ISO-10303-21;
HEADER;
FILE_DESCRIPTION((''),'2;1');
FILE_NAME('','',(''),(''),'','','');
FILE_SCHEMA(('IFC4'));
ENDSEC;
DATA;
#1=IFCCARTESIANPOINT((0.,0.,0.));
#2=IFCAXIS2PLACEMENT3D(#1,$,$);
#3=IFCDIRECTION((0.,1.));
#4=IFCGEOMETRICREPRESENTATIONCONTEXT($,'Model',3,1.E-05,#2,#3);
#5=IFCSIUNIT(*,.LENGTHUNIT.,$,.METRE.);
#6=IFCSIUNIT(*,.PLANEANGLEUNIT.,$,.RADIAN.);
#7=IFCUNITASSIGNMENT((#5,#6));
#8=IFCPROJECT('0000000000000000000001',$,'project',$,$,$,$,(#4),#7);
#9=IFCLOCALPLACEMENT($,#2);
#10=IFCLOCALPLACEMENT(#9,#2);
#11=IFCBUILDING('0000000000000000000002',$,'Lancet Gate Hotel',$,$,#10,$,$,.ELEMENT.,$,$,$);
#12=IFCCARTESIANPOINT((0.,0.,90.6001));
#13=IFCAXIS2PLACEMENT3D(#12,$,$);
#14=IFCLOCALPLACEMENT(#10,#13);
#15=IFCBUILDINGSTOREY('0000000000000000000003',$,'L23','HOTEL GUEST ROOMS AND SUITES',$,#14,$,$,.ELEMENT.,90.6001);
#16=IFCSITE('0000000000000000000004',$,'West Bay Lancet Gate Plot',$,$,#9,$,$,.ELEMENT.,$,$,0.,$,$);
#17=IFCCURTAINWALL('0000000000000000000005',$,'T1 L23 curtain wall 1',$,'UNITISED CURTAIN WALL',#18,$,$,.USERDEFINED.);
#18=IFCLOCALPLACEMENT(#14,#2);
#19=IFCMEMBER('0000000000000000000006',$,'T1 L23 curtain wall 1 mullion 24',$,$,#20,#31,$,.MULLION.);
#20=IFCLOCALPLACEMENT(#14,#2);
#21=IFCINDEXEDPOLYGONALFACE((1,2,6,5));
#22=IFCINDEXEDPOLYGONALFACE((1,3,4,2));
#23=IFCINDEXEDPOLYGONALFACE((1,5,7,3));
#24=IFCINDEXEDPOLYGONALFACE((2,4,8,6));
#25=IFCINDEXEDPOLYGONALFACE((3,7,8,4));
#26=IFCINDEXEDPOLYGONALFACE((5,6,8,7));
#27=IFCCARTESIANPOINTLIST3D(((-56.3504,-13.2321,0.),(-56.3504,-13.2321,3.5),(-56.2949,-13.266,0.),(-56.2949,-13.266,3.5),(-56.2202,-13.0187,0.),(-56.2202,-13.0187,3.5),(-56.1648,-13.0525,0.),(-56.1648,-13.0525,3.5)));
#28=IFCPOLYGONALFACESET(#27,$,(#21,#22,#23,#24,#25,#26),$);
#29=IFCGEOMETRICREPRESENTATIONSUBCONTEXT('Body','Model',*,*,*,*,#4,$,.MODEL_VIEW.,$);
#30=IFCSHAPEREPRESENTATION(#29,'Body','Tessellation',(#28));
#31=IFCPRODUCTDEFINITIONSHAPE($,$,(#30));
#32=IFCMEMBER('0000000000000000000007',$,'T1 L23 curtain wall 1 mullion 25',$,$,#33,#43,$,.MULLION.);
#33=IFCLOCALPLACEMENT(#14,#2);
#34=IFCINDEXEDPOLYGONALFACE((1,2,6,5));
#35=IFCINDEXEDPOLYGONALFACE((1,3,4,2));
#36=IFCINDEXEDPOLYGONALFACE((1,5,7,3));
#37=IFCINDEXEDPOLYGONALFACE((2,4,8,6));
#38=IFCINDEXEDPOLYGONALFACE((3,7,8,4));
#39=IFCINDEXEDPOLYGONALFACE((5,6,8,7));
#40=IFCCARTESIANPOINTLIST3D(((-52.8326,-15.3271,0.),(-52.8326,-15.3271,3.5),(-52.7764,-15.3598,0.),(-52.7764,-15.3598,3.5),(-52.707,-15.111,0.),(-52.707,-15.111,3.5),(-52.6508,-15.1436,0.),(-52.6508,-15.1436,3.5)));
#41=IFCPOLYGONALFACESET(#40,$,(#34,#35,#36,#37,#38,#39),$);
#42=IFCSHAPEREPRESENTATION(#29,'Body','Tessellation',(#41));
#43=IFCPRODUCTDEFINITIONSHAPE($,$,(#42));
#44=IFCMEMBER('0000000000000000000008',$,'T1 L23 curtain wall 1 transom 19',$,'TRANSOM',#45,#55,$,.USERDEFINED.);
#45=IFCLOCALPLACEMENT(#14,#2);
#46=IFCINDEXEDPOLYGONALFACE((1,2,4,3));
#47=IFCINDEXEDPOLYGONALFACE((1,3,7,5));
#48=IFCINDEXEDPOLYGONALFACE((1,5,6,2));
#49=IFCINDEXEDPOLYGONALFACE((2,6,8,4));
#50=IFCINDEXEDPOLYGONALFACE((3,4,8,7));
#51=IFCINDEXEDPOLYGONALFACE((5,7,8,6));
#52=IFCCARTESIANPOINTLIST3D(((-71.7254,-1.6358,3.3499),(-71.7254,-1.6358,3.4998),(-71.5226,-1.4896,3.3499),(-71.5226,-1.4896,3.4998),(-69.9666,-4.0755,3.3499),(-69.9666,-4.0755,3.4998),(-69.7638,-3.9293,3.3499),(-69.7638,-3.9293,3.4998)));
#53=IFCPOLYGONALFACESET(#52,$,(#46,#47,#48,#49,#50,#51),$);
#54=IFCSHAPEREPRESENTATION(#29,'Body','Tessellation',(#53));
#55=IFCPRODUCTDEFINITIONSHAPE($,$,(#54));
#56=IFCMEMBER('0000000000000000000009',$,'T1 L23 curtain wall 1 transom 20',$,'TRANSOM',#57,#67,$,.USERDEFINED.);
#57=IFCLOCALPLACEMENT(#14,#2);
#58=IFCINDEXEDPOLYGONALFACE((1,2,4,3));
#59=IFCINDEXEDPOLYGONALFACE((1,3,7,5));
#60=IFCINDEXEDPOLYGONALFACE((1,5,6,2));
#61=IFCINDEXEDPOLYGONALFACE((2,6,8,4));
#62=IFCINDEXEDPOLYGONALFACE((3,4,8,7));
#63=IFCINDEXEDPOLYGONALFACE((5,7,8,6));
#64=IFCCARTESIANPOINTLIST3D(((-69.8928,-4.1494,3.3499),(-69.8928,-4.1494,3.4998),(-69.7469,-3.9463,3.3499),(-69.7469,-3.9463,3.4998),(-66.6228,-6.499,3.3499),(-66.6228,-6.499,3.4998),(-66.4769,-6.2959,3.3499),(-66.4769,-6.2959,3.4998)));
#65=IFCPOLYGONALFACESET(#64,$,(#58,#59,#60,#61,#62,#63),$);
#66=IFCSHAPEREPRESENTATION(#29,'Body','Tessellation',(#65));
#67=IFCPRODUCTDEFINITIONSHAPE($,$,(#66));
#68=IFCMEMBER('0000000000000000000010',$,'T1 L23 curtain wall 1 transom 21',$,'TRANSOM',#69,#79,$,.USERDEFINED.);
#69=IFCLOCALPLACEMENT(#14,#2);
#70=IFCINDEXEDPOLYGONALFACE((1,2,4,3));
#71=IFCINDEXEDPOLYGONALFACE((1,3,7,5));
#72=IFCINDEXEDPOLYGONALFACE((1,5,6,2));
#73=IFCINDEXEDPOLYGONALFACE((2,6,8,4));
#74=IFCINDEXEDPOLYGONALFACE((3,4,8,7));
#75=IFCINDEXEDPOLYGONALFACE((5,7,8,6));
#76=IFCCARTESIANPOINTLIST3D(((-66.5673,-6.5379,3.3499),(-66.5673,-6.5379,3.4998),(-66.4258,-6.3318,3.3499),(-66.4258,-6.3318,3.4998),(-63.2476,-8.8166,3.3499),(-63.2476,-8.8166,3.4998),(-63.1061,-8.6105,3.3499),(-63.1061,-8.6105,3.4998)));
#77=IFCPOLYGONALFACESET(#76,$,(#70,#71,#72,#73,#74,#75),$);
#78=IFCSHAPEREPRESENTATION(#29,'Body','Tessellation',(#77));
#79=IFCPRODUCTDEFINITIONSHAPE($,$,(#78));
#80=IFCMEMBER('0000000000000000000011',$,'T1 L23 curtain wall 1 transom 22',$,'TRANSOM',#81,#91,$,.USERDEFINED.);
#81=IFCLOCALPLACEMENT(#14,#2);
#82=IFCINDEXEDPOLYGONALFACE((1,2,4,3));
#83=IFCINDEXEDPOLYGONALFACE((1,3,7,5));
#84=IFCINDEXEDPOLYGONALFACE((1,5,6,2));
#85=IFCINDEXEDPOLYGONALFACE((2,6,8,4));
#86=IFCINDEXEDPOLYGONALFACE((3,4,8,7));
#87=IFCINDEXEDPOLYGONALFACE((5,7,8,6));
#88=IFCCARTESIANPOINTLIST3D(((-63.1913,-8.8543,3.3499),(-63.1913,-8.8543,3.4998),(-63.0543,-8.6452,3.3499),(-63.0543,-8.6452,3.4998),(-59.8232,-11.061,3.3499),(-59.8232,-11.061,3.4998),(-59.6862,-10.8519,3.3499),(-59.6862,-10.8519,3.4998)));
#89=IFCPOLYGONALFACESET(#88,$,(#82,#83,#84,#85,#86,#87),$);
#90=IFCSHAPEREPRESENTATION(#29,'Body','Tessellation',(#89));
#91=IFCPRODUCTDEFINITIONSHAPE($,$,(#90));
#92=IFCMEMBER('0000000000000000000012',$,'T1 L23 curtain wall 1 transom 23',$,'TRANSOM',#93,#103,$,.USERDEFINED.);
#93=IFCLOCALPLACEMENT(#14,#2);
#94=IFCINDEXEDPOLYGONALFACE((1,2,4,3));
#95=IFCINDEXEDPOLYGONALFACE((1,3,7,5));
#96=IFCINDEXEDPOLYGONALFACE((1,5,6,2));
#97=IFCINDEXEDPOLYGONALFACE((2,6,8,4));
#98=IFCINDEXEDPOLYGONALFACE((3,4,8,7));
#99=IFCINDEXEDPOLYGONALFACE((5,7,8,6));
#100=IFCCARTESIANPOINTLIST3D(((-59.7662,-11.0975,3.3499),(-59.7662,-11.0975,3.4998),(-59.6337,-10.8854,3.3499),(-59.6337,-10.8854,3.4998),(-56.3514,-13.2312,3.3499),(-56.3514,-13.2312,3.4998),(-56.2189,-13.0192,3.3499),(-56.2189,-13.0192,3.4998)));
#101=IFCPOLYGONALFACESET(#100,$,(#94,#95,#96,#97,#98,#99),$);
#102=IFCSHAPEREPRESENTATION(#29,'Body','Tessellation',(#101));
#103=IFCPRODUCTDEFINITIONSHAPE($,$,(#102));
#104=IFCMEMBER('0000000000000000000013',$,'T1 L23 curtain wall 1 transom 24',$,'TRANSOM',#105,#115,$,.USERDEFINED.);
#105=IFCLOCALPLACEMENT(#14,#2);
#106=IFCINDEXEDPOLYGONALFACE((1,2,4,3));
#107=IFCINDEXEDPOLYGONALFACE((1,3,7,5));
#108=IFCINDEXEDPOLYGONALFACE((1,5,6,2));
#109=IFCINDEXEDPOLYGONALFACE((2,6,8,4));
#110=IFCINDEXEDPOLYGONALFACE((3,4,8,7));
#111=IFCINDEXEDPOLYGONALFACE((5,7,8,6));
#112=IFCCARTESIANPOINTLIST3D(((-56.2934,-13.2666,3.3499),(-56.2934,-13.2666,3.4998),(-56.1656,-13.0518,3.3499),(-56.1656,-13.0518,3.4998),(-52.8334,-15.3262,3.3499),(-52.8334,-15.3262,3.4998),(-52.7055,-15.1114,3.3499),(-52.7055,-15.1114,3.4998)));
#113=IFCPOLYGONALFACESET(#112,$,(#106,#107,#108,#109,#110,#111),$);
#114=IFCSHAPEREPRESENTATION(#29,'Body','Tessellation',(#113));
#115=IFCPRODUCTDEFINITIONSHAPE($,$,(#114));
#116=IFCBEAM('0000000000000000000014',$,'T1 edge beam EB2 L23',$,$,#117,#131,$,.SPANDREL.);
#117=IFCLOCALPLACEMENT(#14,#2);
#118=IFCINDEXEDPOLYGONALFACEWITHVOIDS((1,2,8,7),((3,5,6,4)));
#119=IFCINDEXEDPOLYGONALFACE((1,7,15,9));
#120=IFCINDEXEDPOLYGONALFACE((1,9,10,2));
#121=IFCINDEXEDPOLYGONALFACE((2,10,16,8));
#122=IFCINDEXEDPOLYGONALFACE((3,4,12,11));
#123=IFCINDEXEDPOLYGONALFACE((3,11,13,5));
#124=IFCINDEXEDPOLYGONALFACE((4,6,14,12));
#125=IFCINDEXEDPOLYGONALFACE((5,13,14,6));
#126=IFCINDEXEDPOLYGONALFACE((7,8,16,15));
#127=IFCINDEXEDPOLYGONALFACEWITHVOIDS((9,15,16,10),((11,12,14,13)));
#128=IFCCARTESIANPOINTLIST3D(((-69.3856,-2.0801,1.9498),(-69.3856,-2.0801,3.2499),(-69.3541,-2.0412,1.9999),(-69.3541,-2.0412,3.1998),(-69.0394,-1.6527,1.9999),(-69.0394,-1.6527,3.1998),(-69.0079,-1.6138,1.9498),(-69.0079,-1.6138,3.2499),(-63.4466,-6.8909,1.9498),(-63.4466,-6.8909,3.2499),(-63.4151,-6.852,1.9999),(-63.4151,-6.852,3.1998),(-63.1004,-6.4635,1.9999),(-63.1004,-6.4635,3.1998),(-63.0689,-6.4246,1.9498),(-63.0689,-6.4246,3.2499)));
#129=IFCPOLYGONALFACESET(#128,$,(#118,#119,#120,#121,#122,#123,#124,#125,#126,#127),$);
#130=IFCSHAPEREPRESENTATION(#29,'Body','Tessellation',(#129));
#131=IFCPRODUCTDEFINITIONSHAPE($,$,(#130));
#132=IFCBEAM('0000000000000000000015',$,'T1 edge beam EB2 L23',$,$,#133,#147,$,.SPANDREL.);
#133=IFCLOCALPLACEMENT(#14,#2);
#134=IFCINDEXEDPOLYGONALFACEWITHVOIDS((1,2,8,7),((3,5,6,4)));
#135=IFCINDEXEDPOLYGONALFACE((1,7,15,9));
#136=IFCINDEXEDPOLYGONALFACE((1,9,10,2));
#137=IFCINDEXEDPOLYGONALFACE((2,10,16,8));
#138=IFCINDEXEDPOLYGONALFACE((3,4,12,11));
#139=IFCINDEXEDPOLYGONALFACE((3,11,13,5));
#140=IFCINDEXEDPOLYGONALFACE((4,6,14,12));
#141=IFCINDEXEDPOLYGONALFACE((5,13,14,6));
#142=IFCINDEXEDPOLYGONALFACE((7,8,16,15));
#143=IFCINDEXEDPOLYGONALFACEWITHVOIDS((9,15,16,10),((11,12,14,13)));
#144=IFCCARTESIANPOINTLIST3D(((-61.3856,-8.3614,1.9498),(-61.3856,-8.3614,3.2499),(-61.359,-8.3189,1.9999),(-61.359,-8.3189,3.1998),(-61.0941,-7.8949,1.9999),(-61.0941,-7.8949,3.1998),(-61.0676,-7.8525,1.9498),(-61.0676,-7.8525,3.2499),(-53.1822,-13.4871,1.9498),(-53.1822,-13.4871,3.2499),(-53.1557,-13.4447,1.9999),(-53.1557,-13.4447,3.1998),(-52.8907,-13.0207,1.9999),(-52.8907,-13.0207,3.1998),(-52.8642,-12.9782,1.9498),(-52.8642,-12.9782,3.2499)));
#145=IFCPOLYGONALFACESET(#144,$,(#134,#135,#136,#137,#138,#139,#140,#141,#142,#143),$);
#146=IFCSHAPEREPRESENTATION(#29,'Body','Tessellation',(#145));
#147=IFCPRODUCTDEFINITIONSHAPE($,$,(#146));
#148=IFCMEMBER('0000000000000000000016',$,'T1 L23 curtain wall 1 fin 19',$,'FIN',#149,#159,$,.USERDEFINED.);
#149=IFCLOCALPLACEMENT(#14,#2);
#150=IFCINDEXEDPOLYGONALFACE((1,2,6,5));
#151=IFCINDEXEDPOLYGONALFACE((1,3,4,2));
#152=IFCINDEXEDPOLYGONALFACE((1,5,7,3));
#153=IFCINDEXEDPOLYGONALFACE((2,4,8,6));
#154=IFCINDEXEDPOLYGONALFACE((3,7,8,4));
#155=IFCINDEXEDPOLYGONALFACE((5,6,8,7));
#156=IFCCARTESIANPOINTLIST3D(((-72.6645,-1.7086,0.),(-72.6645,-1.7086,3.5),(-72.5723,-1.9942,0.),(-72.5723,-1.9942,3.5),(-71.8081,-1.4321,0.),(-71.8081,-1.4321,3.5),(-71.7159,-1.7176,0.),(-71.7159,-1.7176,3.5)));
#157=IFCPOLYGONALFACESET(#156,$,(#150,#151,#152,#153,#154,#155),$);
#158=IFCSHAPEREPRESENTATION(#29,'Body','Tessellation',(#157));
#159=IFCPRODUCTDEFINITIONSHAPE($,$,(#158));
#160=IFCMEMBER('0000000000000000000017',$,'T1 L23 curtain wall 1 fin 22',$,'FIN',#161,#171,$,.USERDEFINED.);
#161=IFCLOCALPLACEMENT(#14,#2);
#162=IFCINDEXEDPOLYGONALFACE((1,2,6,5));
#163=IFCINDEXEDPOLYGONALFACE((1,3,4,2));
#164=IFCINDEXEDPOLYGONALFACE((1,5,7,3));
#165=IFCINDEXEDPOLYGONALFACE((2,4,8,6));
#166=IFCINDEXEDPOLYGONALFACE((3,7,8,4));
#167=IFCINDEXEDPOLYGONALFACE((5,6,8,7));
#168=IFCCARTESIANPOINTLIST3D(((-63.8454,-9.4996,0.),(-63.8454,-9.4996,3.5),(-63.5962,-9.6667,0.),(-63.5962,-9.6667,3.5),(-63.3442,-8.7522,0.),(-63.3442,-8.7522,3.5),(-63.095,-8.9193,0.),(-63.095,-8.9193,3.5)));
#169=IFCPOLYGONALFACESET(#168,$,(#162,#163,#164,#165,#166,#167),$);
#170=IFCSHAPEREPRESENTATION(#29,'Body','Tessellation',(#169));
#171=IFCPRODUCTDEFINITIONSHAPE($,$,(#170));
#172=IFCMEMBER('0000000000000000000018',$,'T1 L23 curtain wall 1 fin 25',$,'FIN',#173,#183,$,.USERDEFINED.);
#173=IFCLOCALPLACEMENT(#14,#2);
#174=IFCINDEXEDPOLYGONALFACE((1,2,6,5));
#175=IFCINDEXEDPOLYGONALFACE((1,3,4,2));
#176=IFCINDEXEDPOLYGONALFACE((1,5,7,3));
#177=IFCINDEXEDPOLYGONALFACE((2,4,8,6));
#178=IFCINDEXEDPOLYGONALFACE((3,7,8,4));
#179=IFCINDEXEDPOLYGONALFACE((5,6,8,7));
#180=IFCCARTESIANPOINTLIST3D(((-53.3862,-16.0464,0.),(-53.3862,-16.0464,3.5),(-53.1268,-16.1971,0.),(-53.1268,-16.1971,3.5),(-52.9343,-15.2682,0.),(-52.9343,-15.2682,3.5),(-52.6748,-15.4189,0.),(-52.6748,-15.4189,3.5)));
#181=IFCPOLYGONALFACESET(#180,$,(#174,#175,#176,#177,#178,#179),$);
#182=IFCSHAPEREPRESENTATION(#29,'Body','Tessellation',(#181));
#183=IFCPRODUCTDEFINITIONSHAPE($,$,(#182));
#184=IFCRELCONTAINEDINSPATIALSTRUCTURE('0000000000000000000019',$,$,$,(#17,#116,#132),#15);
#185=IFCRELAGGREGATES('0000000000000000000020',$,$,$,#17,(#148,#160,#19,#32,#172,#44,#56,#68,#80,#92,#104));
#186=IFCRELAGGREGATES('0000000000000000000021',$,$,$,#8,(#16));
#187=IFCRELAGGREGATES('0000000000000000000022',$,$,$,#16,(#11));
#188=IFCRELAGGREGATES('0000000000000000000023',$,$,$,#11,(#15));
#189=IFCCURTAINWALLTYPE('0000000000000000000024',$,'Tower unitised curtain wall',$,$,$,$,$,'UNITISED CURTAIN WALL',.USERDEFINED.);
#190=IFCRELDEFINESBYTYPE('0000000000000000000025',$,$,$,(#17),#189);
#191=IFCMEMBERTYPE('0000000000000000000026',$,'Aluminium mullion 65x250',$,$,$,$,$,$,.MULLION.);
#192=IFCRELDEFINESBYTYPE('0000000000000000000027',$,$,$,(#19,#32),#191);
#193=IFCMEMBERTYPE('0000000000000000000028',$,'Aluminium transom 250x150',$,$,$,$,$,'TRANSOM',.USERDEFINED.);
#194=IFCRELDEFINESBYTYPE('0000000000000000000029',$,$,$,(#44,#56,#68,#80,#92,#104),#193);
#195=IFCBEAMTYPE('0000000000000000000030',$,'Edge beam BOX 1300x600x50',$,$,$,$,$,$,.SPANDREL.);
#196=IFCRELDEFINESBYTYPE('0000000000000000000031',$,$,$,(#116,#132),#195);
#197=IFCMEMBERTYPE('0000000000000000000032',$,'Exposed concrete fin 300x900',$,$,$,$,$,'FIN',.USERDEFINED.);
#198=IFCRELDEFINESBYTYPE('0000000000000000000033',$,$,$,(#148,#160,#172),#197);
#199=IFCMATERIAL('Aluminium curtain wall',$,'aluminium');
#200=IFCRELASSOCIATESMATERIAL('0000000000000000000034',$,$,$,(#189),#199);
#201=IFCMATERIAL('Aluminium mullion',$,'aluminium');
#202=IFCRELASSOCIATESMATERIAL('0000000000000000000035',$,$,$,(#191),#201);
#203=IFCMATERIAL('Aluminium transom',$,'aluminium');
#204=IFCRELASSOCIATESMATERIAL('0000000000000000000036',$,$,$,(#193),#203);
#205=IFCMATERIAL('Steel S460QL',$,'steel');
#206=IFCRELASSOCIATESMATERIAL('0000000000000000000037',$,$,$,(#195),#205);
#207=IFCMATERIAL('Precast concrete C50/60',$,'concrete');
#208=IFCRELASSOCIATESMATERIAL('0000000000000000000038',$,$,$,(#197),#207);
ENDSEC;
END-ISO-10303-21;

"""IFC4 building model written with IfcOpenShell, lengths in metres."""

from ifc_helpers import new_model, si_unit, direction, frame, origin, origin_2d, place, context, subcontext, project, spatial, rectangle, hollow_rectangle, extrude, material, material_profile, profile_set, type_object, element, aggregate, save


model = new_model("IFC4")

# Units and contexts
model_context = context("Model", 3, precision=1e-05, world=origin(), true_north=direction((0.0, 1.0)))
body_context = subcontext(model_context, "Body", "Model", "MODEL_VIEW")
ifc_project = project(units=[si_unit("LENGTHUNIT", "METRE"), si_unit("PLANEANGLEUNIT", "RADIAN")], contexts=[model_context])

# Site, building, storey
site_placement = place(None, origin())
site = spatial("IfcSite", under=ifc_project, at=site_placement, Name="West Bay Lancet Gate Plot", CompositionType="ELEMENT", RefElevation=0.0)
building_placement = place(site_placement, origin())
building = spatial("IfcBuilding", under=site, at=building_placement, Name="Lancet Gate Hotel", CompositionType="ELEMENT")
storey_placement = place(building_placement, frame((0.0, 0.0, 90.6001)))
storey = spatial("IfcBuildingStorey", under=building, at=storey_placement, Name="L23", Description="HOTEL GUEST ROOMS AND SUITES", CompositionType="ELEMENT", Elevation=90.6001)

# Curtain wall, members
ifc_material_1 = material(Name="Aluminium curtain wall", Category="aluminium")
curtain_wall_type = type_object("IfcCurtainWallType", Name="Tower unitised curtain wall", ElementType="UNITISED CURTAIN WALL", PredefinedType="USERDEFINED", material=ifc_material_1)
curtain_wall_placement = place(storey_placement, origin())
curtain_wall = element("IfcCurtainWall", 1, at=curtain_wall_placement, inside=storey, type_object=curtain_wall_type, Name="T1 L23 curtain wall 1", ObjectType="UNITISED CURTAIN WALL", PredefinedType="USERDEFINED")
ifc_material_2 = material(Name="Aluminium mullion", Category="aluminium")
ifc_material_profile_1 = material_profile(ifc_material_2, rectangle(XDim=0.0649, YDim=0.25, at=origin_2d()), Name="MULLION 65x250")
ifc_profile_set_1 = profile_set([ifc_material_profile_1], Name="Aluminium mullion")
member_type_1 = type_object("IfcMemberType", Name="Aluminium mullion 65x250", PredefinedType="MULLION", material=ifc_profile_set_1)
member_1_placement = place(storey_placement, frame((-56.2576, -13.1423, 0.0), z_axis=(0.0, 0.0, 1.0), x_axis=(0.853716, -0.520739, 0.0)))
member_1 = element("IfcMember", 2, at=member_1_placement, type_object=member_type_1, Name="T1 L23 curtain wall 1 mullion 24", PredefinedType="MULLION", context=body_context, shape_type="SweptSolid", body=[
    extrude(rectangle(XDim=0.0649, YDim=0.25, at=origin_2d()), origin(), (0.0, 0.0, 1.0), 3.5),
])
member_2_placement = place(storey_placement, frame((-52.7417, -15.2354, 0.0), z_axis=(0.0, 0.0, 1.0), x_axis=(0.864728, -0.502241, 0.0)))
member_2 = element("IfcMember", 3, at=member_2_placement, type_object=member_type_1, Name="T1 L23 curtain wall 1 mullion 25", PredefinedType="MULLION", context=body_context, shape_type="SweptSolid", body=[
    extrude(rectangle(XDim=0.0649, YDim=0.25, at=origin_2d()), origin(), (0.0, 0.0, 1.0), 3.5),
])
ifc_material_3 = material(Name="Aluminium transom", Category="aluminium")
ifc_material_profile_2 = material_profile(ifc_material_3, rectangle(XDim=0.25, YDim=0.1499, at=origin_2d()), Name="TRANSOM 250x150")
ifc_profile_set_2 = profile_set([ifc_material_profile_2], Name="Aluminium transom")
member_type_2 = type_object("IfcMemberType", Name="Aluminium transom 250x150", ElementType="TRANSOM", PredefinedType="USERDEFINED", material=ifc_profile_set_2)
member_3_placement = place(storey_placement, frame((-71.624, -1.5627, 3.4248), z_axis=(0.584788, -0.811186, 0.0), x_axis=(0.811186, 0.584788, 0.0)))
member_3 = element("IfcMember", 4, at=member_3_placement, type_object=member_type_2, Name="T1 L23 curtain wall 1 transom 19", ObjectType="TRANSOM", PredefinedType="USERDEFINED", context=body_context, shape_type="SweptSolid", body=[
    extrude(rectangle(XDim=0.25, YDim=0.1499, at=origin_2d()), origin(), (0.0, 0.0, 1.0), 3.0076),
])
member_4_placement = place(storey_placement, frame((-69.8198, -4.0479, 3.4248), z_axis=(0.8121, -0.583519, 0.0), x_axis=(0.583519, 0.8121, 0.0)))
member_4 = element("IfcMember", 5, at=member_4_placement, type_object=member_type_2, Name="T1 L23 curtain wall 1 transom 20", ObjectType="TRANSOM", PredefinedType="USERDEFINED", context=body_context, shape_type="SweptSolid", body=[
    extrude(rectangle(XDim=0.25, YDim=0.1499, at=origin_2d()), origin(), (0.0, 0.0, 1.0), 4.0266),
])
member_5_placement = place(storey_placement, frame((-66.4966, -6.4348, 3.4248), z_axis=(0.824456, -0.565927, 0.0), x_axis=(0.565927, 0.824456, 0.0)))
member_5 = element("IfcMember", 6, at=member_5_placement, type_object=member_type_2, Name="T1 L23 curtain wall 1 transom 21", ObjectType="TRANSOM", PredefinedType="USERDEFINED", context=body_context, shape_type="SweptSolid", body=[
    extrude(rectangle(XDim=0.25, YDim=0.1499, at=origin_2d()), origin(), (0.0, 0.0, 1.0), 4.0266),
])
member_6_placement = place(storey_placement, frame((-63.1228, -8.7498, 3.4248), z_axis=(0.836454, -0.548036, 0.0), x_axis=(0.548036, 0.836454, 0.0)))
member_6 = element("IfcMember", 7, at=member_6_placement, type_object=member_type_2, Name="T1 L23 curtain wall 1 transom 22", ObjectType="TRANSOM", PredefinedType="USERDEFINED", context=body_context, shape_type="SweptSolid", body=[
    extrude(rectangle(XDim=0.25, YDim=0.1499, at=origin_2d()), origin(), (0.0, 0.0, 1.0), 4.0266),
])
member_7_placement = place(storey_placement, frame((-59.7, -10.9915, 3.4248), z_axis=(0.848049, -0.529917, 0.0), x_axis=(0.529917, 0.848049, 0.0)))
member_7 = element("IfcMember", 8, at=member_7_placement, type_object=member_type_2, Name="T1 L23 curtain wall 1 transom 23", ObjectType="TRANSOM", PredefinedType="USERDEFINED", context=body_context, shape_type="SweptSolid", body=[
    extrude(rectangle(XDim=0.25, YDim=0.1499, at=origin_2d()), origin(), (0.0, 0.0, 1.0), 4.0266),
])
member_8_placement = place(storey_placement, frame((-56.2295, -13.1592, 3.4248), z_axis=(0.859285, -0.511497, 0.0), x_axis=(0.511497, 0.859285, 0.0)))
member_8 = element("IfcMember", 9, at=member_8_placement, type_object=member_type_2, Name="T1 L23 curtain wall 1 transom 24", ObjectType="TRANSOM", PredefinedType="USERDEFINED", context=body_context, shape_type="SweptSolid", body=[
    extrude(rectangle(XDim=0.25, YDim=0.1499, at=origin_2d()), origin(), (0.0, 0.0, 1.0), 4.0266),
])

# Beams
ifc_material_4 = material(Name="Steel S460QL", Category="steel")
ifc_material_profile_3 = material_profile(ifc_material_4, hollow_rectangle(XDim=0.6001, YDim=1.3, WallThickness=0.05, at=origin_2d()), Name="BOX 1300x600x50")
ifc_profile_set_3 = profile_set([ifc_material_profile_3], Name="Steel S460QL")
beam_type_1 = type_object("IfcBeamType", Name="Edge beam BOX 1300x600x50", PredefinedType="SPANDREL", material=ifc_profile_set_3)
beam_1_placement = place(storey_placement, frame((-69.1968, -1.8469, 2.5999), z_axis=(0.777049, -0.62944, 0.0), x_axis=(0.62944, 0.777049, 0.0)))
element("IfcBeam", 10, at=beam_1_placement, inside=storey, type_object=beam_type_1, Name="T1 edge beam EB2 L23", PredefinedType="SPANDREL", context=body_context, shape_type="SweptSolid", body=[
    extrude(hollow_rectangle(XDim=0.6001, YDim=1.3, WallThickness=0.05, at=origin_2d()), origin(), (0.0, 0.0, 1.0), 7.6431),
])
beam_2_placement = place(storey_placement, frame((-61.2266, -8.1069, 2.5999), z_axis=(0.848062, -0.529897, 0.0), x_axis=(0.529897, 0.848062, 0.0)))
element("IfcBeam", 11, at=beam_2_placement, inside=storey, type_object=beam_type_1, Name="T1 edge beam EB2 L23", PredefinedType="SPANDREL", context=body_context, shape_type="SweptSolid", body=[
    extrude(hollow_rectangle(XDim=0.6001, YDim=1.3, WallThickness=0.05, at=origin_2d()), origin(), (0.0, 0.0, 1.0), 9.6731),
])

# Members
ifc_material_5 = material(Name="Precast concrete C50/60", Category="concrete")
ifc_material_profile_4 = material_profile(ifc_material_5, rectangle(XDim=0.3, YDim=0.8999, at=origin_2d()), Name="FIN 300x900")
ifc_profile_set_4 = profile_set([ifc_material_profile_4], Name="Precast concrete C50/60")
member_type_3 = type_object("IfcMemberType", Name="Exposed concrete fin 300x900", ElementType="FIN", PredefinedType="USERDEFINED", material=ifc_profile_set_4)
member_9_placement = place(storey_placement, frame((-72.1902, -1.7131, 0.0), z_axis=(0.0, 0.0, 1.0), x_axis=(0.307269, -0.951623, 0.0)))
member_9 = element("IfcMember", 12, at=member_9_placement, type_object=member_type_3, Name="T1 L23 curtain wall 1 fin 19", ObjectType="FIN", PredefinedType="USERDEFINED", context=body_context, shape_type="SweptSolid", body=[
    extrude(rectangle(XDim=0.3, YDim=0.8999, at=origin_2d()), origin(), (0.0, 0.0, 1.0), 3.5),
])
member_10_placement = place(storey_placement, frame((-63.4702, -9.2095, 0.0), z_axis=(0.0, 0.0, 1.0), x_axis=(0.83051, -0.557004, 0.0)))
member_10 = element("IfcMember", 13, at=member_10_placement, type_object=member_type_3, Name="T1 L23 curtain wall 1 fin 22", ObjectType="FIN", PredefinedType="USERDEFINED", context=body_context, shape_type="SweptSolid", body=[
    extrude(rectangle(XDim=0.3, YDim=0.8999, at=origin_2d()), origin(), (0.0, 0.0, 1.0), 3.5),
])
member_11_placement = place(storey_placement, frame((-53.0305, -15.7327, 0.0), z_axis=(0.0, 0.0, 1.0), x_axis=(0.864728, -0.502241, 0.0)))
member_11 = element("IfcMember", 14, at=member_11_placement, type_object=member_type_3, Name="T1 L23 curtain wall 1 fin 25", ObjectType="FIN", PredefinedType="USERDEFINED", context=body_context, shape_type="SweptSolid", body=[
    extrude(rectangle(XDim=0.3, YDim=0.8999, at=origin_2d()), origin(), (0.0, 0.0, 1.0), 3.5),
])

aggregate(curtain_wall, [member_9, member_10, member_1, member_2, member_11, member_3, member_4, member_5, member_6, member_7, member_8])

save(model, "model.ifc")
